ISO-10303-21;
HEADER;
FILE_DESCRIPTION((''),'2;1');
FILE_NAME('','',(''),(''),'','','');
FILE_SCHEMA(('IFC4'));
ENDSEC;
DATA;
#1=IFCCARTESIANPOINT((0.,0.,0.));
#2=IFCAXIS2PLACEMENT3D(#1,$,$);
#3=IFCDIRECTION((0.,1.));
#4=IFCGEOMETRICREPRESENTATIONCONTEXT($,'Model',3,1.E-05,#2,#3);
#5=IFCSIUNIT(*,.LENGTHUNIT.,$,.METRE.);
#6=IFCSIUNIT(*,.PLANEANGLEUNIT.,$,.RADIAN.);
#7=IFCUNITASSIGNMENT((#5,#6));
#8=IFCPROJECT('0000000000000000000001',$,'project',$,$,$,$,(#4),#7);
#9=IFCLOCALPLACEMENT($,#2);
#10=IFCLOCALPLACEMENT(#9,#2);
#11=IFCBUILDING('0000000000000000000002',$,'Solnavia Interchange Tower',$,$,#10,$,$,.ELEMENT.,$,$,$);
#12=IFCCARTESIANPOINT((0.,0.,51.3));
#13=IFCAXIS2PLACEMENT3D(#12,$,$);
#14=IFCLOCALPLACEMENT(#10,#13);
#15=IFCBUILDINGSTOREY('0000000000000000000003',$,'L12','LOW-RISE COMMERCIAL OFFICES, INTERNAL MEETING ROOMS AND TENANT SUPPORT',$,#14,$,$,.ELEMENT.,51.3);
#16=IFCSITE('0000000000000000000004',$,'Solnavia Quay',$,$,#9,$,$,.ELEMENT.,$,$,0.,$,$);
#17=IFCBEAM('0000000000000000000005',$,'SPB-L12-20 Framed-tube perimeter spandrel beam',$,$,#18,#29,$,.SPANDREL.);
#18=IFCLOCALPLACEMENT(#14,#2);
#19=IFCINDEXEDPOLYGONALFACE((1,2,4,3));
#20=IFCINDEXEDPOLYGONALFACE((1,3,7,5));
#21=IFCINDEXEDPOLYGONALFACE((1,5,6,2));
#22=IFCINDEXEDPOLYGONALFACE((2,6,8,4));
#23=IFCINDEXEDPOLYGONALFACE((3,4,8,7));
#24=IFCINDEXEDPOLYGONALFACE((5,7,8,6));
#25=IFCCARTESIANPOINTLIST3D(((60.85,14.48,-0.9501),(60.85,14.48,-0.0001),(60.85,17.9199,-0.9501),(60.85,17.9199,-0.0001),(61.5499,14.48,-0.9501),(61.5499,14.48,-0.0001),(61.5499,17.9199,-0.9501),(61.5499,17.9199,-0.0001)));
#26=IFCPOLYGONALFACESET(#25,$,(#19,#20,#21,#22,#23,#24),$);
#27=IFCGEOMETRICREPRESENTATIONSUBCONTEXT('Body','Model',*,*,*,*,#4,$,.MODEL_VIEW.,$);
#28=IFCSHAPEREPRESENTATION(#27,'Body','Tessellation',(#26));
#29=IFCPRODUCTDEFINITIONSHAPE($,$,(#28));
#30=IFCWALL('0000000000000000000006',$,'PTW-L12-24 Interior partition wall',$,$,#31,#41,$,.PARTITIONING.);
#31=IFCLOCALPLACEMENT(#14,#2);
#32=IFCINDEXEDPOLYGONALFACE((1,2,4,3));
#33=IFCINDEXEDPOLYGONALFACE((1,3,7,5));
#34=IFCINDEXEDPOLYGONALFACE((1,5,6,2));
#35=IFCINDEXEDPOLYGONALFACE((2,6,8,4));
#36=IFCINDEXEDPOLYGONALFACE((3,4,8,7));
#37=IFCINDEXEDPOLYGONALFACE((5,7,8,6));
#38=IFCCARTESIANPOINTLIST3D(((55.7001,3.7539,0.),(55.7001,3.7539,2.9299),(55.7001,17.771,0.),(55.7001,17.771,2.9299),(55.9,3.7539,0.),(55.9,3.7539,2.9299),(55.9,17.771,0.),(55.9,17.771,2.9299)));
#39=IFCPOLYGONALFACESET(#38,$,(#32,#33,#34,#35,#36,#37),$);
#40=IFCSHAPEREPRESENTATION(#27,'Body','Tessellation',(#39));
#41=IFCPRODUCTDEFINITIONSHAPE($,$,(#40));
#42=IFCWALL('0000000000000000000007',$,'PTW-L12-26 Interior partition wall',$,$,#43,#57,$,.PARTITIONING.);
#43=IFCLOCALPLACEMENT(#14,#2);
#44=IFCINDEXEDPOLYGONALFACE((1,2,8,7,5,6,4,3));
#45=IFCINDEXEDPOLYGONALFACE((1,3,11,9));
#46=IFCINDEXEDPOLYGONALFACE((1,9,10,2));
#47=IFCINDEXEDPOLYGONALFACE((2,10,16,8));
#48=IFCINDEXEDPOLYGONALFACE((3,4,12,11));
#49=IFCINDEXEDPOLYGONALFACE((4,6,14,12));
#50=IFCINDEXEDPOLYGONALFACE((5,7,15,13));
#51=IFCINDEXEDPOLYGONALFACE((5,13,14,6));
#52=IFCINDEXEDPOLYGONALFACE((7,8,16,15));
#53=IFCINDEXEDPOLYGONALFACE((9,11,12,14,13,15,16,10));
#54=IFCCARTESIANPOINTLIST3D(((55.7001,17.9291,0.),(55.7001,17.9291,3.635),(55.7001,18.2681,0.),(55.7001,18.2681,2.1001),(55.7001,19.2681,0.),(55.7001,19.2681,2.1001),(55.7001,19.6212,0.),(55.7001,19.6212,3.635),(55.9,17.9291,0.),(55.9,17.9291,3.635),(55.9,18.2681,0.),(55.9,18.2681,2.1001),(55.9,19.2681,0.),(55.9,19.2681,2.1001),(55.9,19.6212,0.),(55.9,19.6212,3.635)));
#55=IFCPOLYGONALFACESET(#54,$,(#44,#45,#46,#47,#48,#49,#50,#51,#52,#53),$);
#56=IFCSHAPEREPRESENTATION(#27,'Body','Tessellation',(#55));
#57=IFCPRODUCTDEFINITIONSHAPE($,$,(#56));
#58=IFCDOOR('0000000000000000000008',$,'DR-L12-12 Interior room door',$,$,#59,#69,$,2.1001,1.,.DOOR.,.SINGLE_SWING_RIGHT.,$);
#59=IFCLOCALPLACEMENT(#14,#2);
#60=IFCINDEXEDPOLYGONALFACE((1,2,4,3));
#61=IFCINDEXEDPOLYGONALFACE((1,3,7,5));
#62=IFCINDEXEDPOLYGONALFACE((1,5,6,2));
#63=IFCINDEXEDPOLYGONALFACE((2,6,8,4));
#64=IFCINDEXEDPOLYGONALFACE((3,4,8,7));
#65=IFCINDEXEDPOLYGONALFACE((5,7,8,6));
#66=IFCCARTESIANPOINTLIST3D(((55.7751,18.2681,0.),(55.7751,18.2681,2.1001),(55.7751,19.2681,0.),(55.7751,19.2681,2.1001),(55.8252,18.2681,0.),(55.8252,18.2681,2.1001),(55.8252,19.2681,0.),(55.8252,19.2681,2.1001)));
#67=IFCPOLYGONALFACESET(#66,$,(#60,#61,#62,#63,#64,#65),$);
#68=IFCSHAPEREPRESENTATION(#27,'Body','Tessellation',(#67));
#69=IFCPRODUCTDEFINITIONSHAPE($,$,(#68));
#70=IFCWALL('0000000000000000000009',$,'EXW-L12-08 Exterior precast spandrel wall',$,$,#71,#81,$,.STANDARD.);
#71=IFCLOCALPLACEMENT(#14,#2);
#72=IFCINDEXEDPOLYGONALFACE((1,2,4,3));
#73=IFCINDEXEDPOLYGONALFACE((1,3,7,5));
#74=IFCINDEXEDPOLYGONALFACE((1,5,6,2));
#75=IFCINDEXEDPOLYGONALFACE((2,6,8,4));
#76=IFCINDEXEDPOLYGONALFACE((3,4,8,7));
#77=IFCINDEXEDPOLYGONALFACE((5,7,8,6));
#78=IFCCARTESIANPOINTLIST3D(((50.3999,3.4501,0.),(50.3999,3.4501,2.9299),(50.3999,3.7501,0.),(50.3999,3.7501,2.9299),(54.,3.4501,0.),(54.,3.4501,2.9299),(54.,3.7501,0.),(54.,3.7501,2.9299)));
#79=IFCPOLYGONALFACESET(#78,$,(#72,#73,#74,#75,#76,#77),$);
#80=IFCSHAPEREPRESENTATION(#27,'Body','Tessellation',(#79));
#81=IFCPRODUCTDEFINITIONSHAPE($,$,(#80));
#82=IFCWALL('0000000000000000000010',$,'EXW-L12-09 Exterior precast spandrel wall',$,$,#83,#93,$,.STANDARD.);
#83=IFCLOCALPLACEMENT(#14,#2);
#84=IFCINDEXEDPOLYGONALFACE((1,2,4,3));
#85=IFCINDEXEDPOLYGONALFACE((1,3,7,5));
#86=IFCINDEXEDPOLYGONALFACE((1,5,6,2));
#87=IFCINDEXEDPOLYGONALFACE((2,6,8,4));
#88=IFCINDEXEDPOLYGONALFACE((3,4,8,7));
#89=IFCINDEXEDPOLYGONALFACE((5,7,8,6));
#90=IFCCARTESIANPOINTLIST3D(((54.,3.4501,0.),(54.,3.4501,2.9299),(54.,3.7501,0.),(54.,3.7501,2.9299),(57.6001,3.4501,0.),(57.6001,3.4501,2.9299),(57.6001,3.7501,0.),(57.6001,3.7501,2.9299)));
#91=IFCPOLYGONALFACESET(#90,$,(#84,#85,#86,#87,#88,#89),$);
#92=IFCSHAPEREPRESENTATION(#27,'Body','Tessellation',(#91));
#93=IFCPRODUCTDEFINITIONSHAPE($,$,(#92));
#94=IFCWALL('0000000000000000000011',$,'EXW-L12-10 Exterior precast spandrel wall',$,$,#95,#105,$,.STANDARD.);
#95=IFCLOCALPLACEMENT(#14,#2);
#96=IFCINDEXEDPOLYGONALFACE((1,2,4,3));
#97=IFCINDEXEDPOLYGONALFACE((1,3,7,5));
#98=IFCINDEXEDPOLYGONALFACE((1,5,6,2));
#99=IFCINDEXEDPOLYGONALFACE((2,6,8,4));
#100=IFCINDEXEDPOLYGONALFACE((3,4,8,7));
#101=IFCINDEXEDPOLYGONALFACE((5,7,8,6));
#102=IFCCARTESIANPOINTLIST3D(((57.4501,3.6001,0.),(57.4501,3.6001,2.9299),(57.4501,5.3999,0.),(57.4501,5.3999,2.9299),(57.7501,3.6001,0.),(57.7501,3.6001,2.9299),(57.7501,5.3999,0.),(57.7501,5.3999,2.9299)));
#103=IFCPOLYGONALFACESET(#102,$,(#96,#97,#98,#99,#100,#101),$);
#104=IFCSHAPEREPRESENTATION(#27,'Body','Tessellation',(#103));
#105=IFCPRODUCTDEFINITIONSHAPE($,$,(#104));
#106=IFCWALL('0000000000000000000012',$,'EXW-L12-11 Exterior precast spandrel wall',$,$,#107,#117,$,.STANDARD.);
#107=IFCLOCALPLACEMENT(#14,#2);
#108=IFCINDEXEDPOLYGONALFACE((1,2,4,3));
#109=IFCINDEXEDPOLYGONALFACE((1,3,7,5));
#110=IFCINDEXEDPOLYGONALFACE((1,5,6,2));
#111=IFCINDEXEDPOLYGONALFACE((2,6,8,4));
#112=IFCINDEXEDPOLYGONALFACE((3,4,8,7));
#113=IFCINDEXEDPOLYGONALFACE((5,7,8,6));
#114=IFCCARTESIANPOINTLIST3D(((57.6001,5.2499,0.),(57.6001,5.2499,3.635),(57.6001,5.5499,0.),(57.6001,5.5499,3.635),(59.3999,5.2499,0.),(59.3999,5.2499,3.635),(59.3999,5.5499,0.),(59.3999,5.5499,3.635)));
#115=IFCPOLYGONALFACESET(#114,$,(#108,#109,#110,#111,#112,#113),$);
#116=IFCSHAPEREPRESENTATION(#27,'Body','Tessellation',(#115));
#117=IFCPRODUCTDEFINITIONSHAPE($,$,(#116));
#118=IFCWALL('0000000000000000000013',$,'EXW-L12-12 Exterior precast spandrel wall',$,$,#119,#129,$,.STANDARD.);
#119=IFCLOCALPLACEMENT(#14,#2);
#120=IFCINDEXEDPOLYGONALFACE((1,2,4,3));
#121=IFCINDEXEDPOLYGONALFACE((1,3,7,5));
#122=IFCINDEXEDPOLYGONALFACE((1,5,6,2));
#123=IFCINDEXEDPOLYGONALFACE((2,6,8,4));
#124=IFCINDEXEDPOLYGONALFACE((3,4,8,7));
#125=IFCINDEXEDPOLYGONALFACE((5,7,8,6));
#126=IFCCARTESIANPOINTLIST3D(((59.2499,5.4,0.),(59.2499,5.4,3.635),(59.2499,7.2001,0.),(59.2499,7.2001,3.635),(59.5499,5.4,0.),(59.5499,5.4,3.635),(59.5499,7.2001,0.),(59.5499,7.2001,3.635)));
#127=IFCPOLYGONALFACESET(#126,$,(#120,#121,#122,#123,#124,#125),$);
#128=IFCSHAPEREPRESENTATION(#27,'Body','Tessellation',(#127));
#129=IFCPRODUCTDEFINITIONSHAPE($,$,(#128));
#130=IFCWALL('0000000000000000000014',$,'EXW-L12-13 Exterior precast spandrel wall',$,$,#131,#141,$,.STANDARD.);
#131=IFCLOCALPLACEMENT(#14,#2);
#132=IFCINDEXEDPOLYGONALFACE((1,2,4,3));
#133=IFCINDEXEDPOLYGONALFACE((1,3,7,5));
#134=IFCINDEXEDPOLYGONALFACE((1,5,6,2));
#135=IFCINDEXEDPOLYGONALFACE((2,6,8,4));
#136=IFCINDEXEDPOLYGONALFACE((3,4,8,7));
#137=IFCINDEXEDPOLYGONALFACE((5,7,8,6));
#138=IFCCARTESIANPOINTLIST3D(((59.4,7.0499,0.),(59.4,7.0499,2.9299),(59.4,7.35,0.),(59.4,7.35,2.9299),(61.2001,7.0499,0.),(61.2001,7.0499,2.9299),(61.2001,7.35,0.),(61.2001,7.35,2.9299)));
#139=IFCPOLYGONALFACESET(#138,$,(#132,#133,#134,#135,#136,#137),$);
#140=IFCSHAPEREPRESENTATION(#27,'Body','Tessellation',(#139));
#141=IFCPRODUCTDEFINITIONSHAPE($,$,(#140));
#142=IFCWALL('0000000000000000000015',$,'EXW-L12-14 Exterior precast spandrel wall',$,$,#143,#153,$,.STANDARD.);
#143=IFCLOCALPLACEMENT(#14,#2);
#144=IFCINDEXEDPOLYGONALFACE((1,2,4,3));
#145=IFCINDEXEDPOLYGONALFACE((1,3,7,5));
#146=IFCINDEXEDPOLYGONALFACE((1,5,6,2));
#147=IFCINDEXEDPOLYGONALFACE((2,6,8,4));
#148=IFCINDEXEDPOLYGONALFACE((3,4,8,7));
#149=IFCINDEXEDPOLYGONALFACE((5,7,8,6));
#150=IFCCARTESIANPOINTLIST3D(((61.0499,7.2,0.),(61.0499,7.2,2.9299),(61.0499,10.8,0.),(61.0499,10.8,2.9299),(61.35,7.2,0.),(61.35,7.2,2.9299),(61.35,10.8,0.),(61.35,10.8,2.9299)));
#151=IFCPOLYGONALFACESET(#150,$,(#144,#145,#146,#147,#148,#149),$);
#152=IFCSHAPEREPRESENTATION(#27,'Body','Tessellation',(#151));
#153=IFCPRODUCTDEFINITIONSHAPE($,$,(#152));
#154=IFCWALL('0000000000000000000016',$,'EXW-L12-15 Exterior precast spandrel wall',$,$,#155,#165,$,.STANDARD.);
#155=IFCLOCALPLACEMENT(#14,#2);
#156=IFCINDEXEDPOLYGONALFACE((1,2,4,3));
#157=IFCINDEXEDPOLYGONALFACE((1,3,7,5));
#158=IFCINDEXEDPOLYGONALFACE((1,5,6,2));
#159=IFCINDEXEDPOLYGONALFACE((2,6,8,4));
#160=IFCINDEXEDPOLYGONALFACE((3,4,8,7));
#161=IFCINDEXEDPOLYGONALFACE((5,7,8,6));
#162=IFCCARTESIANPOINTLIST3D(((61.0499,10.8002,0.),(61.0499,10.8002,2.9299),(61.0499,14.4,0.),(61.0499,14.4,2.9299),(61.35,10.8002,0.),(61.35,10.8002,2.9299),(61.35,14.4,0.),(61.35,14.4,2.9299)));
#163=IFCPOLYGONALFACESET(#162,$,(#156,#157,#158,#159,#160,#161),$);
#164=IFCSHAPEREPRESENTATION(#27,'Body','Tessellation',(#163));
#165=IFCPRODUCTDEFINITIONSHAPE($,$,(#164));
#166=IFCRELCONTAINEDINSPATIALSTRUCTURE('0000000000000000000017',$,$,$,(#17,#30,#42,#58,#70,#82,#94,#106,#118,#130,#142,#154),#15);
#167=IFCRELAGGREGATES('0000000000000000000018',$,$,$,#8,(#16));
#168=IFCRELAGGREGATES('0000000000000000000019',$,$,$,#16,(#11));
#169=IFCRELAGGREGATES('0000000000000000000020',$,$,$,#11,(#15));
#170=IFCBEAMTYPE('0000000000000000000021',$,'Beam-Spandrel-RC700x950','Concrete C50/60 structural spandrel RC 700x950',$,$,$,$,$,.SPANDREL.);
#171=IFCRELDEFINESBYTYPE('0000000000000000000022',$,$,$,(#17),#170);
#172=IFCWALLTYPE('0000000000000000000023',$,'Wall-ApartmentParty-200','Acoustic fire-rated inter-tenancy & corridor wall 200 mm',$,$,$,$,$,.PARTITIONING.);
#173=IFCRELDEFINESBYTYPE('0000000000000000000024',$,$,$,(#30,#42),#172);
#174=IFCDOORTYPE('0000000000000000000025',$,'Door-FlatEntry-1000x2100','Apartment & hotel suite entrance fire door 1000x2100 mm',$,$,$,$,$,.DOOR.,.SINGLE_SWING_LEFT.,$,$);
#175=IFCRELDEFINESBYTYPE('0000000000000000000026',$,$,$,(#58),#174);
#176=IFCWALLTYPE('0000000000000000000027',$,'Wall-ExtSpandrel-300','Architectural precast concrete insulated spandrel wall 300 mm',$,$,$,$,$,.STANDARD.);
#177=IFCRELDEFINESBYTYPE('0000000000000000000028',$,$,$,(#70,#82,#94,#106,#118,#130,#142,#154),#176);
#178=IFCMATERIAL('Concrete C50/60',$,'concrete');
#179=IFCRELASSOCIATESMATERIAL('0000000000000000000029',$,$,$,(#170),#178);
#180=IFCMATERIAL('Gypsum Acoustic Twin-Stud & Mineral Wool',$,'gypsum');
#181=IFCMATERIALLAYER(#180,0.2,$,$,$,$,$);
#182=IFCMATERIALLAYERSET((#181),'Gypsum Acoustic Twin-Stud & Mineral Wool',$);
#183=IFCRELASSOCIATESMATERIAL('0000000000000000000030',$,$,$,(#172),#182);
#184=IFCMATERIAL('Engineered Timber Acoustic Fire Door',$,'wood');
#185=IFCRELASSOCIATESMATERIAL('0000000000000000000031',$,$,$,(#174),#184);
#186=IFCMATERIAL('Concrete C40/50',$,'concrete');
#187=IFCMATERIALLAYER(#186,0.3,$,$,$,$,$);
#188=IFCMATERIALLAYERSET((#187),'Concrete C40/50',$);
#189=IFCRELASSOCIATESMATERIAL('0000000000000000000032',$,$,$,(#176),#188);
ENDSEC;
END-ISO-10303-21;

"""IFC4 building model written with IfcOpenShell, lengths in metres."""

from ifc_helpers import new_model, si_unit, direction, frame, frame_2d, origin, origin_2d, place, context, subcontext, project, spatial, rectangle, extrude, material, layer, layer_set, material_profile, profile_set, type_object, element, fill, save


model = new_model("IFC4")

# Units and contexts
model_context = context("Model", 3, precision=1e-05, world=origin(), true_north=direction((0.0, 1.0)))
body_context = subcontext(model_context, "Body", "Model", "MODEL_VIEW")
ifc_project = project(units=[si_unit("LENGTHUNIT", "METRE"), si_unit("PLANEANGLEUNIT", "RADIAN")], contexts=[model_context])

# Site, building, storey
site_placement = place(None, origin())
site = spatial("IfcSite", under=ifc_project, at=site_placement, Name="Solnavia Quay", CompositionType="ELEMENT", RefElevation=0.0)
building_placement = place(site_placement, origin())
building = spatial("IfcBuilding", under=site, at=building_placement, Name="Solnavia Interchange Tower", CompositionType="ELEMENT")
storey_placement = place(building_placement, frame((0.0, 0.0, 51.3)))
storey = spatial("IfcBuildingStorey", under=building, at=storey_placement, Name="L12", Description="LOW-RISE COMMERCIAL OFFICES, INTERNAL MEETING ROOMS AND TENANT SUPPORT", CompositionType="ELEMENT", Elevation=51.3)

# Beam
ifc_material_1 = material(Name="Concrete C50/60", Category="concrete")
ifc_material_profile_1 = material_profile(ifc_material_1, rectangle(XDim=0.7, YDim=0.95, at=origin_2d()), Name="RC 700x950")
ifc_profile_set_1 = profile_set([ifc_material_profile_1], Name="Concrete C50/60")
beam_type_1 = type_object("IfcBeamType", Name="Beam-Spandrel-RC700x950", Description="Concrete C50/60 structural spandrel RC 700x950", PredefinedType="SPANDREL", material=ifc_profile_set_1)
beam_1_placement = place(storey_placement, frame((61.2, 14.48, -0.4751), z_axis=(0.0, 1.0, 0.0), x_axis=(-1.0, 0.0, 0.0)))
element("IfcBeam", 1, at=beam_1_placement, inside=storey, type_object=beam_type_1, Name="SPB-L12-20 Framed-tube perimeter spandrel beam", PredefinedType="SPANDREL", context=body_context, shape_type="SweptSolid", body=[
    extrude(rectangle(XDim=0.7, YDim=0.95, at=origin_2d()), origin(), (0.0, 0.0, 1.0), 3.4399),
])

# Wall
ifc_material_2 = material(Name="Gypsum Acoustic Twin-Stud & Mineral Wool", Category="gypsum")
ifc_layer_1 = layer(ifc_material_2, 0.2)
ifc_layer_set_1 = layer_set([ifc_layer_1], Name="Gypsum Acoustic Twin-Stud & Mineral Wool")
wall_type_1 = type_object("IfcWallType", Name="Wall-ApartmentParty-200", Description="Acoustic fire-rated inter-tenancy & corridor wall 200 mm", PredefinedType="PARTITIONING", material=ifc_layer_set_1)
wall_1_placement = place(storey_placement, frame((55.8, 3.7539, 0.0), z_axis=(0.0, 0.0, 1.0), x_axis=(0.0, 1.0, 0.0)))
element("IfcWall", 2, at=wall_1_placement, inside=storey, type_object=wall_type_1, Name="PTW-L12-24 Interior partition wall", PredefinedType="PARTITIONING", context=body_context, shape_type="SweptSolid", body=[
    extrude(rectangle(XDim=14.0171, YDim=0.2, at=frame_2d((7.0085, 0.0))), origin(), (0.0, 0.0, 1.0), 2.9299),
])

# Wall, opening, door
wall_2_placement = place(storey_placement, frame((55.8, 17.929, 0.0), z_axis=(0.0, 0.0, 1.0), x_axis=(0.0, 1.0, 0.0)))
wall_2 = element("IfcWall", 3, at=wall_2_placement, inside=storey, type_object=wall_type_1, Name="PTW-L12-26 Interior partition wall", PredefinedType="PARTITIONING", context=body_context, shape_type="SweptSolid", body=[
    extrude(rectangle(XDim=1.6921, YDim=0.2, at=frame_2d((0.8462, 0.0))), origin(), (0.0, 0.0, 1.0), 3.635),
])
opening_placement = place(wall_2_placement, frame((0.3391, 0.0, 0.0)))
opening = element("IfcOpeningElement", 4, at=opening_placement, cuts=wall_2, PredefinedType="OPENING", context=body_context, shape_type="SweptSolid", body=[
    extrude(rectangle(XDim=1.0, YDim=2.1001, at=frame_2d((0.5, 1.05))), frame((0.0, 0.1099, 0.0), z_axis=(0.0, -1.0, 0.0), x_axis=(1.0, 0.0, 0.0)), (0.0, 0.0, 1.0), 0.22),
])
ifc_material_3 = material(Name="Engineered Timber Acoustic Fire Door", Category="wood")
door_type = type_object("IfcDoorType", Name="Door-FlatEntry-1000x2100", Description="Apartment & hotel suite entrance fire door 1000x2100 mm", OperationType="SINGLE_SWING_LEFT", PredefinedType="DOOR", material=ifc_material_3)
door_placement = place(opening_placement, origin())
door = element("IfcDoor", 5, at=door_placement, inside=storey, type_object=door_type, Name="DR-L12-12 Interior room door", OperationType="SINGLE_SWING_RIGHT", OverallHeight=2.1001, OverallWidth=1.0, PredefinedType="DOOR", context=body_context, shape_type="SweptSolid", body=[
    extrude(rectangle(XDim=1.0, YDim=2.1001, at=frame_2d((0.5, 1.05))), frame((0.0, 0.0249, 0.0), z_axis=(0.0, -1.0, 0.0), x_axis=(1.0, 0.0, 0.0)), (0.0, 0.0, 1.0), 0.05),
])
fill(opening, door)

# Walls
ifc_material_4 = material(Name="Concrete C40/50", Category="concrete")
ifc_layer_2 = layer(ifc_material_4, 0.3)
ifc_layer_set_2 = layer_set([ifc_layer_2], Name="Concrete C40/50")
wall_type_2 = type_object("IfcWallType", Name="Wall-ExtSpandrel-300", Description="Architectural precast concrete insulated spandrel wall 300 mm", PredefinedType="STANDARD", material=ifc_layer_set_2)
for number, where, z_axis, x_axis, name in (
    (6, (54.0, 3.6001, 0.0), (0.0, 0.0, 1.0), (-1.0, 0.0, 0.0), "EXW-L12-08 Exterior precast spandrel wall"),
    (7, (57.6001, 3.6001, 0.0), (0.0, 0.0, 1.0), (-1.0, 0.0, 0.0), "EXW-L12-09 Exterior precast spandrel wall"),
):
    element("IfcWall", number, at=place(storey_placement, frame(where, z_axis=z_axis, x_axis=x_axis)), inside=storey, type_object=wall_type_2, Name=name, PredefinedType="STANDARD", context=body_context, shape_type="SweptSolid", body=[
        extrude(rectangle(XDim=3.6001, YDim=0.3, at=frame_2d((1.8, 0.0))), origin(), (0.0, 0.0, 1.0), 2.9299),
    ])
wall_3_placement = place(storey_placement, frame((57.6001, 5.3999, 0.0), z_axis=(0.0, 0.0, 1.0), x_axis=(0.0, -1.0, 0.0)))
element("IfcWall", 8, at=wall_3_placement, inside=storey, type_object=wall_type_2, Name="EXW-L12-10 Exterior precast spandrel wall", PredefinedType="STANDARD", context=body_context, shape_type="SweptSolid", body=[
    extrude(rectangle(XDim=1.7998, YDim=0.3, at=frame_2d((0.8999, 0.0))), origin(), (0.0, 0.0, 1.0), 2.9299),
])
wall_4_placement = place(storey_placement, frame((59.3999, 5.3999, 0.0), z_axis=(0.0, 0.0, 1.0), x_axis=(-1.0, 0.0, 0.0)))
element("IfcWall", 9, at=wall_4_placement, inside=storey, type_object=wall_type_2, Name="EXW-L12-11 Exterior precast spandrel wall", PredefinedType="STANDARD", context=body_context, shape_type="SweptSolid", body=[
    extrude(rectangle(XDim=1.7998, YDim=0.3, at=frame_2d((0.8999, 0.0))), origin(), (0.0, 0.0, 1.0), 3.635),
])
wall_5_placement = place(storey_placement, frame((59.3999, 7.2, 0.0), z_axis=(0.0, 0.0, 1.0), x_axis=(0.0, -1.0, 0.0)))
element("IfcWall", 10, at=wall_5_placement, inside=storey, type_object=wall_type_2, Name="EXW-L12-12 Exterior precast spandrel wall", PredefinedType="STANDARD", context=body_context, shape_type="SweptSolid", body=[
    extrude(rectangle(XDim=1.8, YDim=0.3, at=frame_2d((0.8999, 0.0))), origin(), (0.0, 0.0, 1.0), 3.635),
])
wall_6_placement = place(storey_placement, frame((61.2, 7.2, 0.0), z_axis=(0.0, 0.0, 1.0), x_axis=(-1.0, 0.0, 0.0)))
element("IfcWall", 11, at=wall_6_placement, inside=storey, type_object=wall_type_2, Name="EXW-L12-13 Exterior precast spandrel wall", PredefinedType="STANDARD", context=body_context, shape_type="SweptSolid", body=[
    extrude(rectangle(XDim=1.8, YDim=0.3, at=frame_2d((0.8999, 0.0))), origin(), (0.0, 0.0, 1.0), 2.9299),
])
wall_7_placement = place(storey_placement, frame((61.2, 10.8, 0.0), z_axis=(0.0, 0.0, 1.0), x_axis=(0.0, -1.0, 0.0)))
element("IfcWall", 12, at=wall_7_placement, inside=storey, type_object=wall_type_2, Name="EXW-L12-14 Exterior precast spandrel wall", PredefinedType="STANDARD", context=body_context, shape_type="SweptSolid", body=[
    extrude(rectangle(XDim=3.6001, YDim=0.3, at=frame_2d((1.8, 0.0))), origin(), (0.0, 0.0, 1.0), 2.9299),
])
wall_8_placement = place(storey_placement, frame((61.2, 14.3999, 0.0), z_axis=(0.0, 0.0, 1.0), x_axis=(0.0, -1.0, 0.0)))
element("IfcWall", 13, at=wall_8_placement, inside=storey, type_object=wall_type_2, Name="EXW-L12-15 Exterior precast spandrel wall", PredefinedType="STANDARD", context=body_context, shape_type="SweptSolid", body=[
    extrude(rectangle(XDim=3.5999, YDim=0.3, at=frame_2d((1.7998, 0.0))), origin(), (0.0, 0.0, 1.0), 2.9299),
])

save(model, "model.ifc")
